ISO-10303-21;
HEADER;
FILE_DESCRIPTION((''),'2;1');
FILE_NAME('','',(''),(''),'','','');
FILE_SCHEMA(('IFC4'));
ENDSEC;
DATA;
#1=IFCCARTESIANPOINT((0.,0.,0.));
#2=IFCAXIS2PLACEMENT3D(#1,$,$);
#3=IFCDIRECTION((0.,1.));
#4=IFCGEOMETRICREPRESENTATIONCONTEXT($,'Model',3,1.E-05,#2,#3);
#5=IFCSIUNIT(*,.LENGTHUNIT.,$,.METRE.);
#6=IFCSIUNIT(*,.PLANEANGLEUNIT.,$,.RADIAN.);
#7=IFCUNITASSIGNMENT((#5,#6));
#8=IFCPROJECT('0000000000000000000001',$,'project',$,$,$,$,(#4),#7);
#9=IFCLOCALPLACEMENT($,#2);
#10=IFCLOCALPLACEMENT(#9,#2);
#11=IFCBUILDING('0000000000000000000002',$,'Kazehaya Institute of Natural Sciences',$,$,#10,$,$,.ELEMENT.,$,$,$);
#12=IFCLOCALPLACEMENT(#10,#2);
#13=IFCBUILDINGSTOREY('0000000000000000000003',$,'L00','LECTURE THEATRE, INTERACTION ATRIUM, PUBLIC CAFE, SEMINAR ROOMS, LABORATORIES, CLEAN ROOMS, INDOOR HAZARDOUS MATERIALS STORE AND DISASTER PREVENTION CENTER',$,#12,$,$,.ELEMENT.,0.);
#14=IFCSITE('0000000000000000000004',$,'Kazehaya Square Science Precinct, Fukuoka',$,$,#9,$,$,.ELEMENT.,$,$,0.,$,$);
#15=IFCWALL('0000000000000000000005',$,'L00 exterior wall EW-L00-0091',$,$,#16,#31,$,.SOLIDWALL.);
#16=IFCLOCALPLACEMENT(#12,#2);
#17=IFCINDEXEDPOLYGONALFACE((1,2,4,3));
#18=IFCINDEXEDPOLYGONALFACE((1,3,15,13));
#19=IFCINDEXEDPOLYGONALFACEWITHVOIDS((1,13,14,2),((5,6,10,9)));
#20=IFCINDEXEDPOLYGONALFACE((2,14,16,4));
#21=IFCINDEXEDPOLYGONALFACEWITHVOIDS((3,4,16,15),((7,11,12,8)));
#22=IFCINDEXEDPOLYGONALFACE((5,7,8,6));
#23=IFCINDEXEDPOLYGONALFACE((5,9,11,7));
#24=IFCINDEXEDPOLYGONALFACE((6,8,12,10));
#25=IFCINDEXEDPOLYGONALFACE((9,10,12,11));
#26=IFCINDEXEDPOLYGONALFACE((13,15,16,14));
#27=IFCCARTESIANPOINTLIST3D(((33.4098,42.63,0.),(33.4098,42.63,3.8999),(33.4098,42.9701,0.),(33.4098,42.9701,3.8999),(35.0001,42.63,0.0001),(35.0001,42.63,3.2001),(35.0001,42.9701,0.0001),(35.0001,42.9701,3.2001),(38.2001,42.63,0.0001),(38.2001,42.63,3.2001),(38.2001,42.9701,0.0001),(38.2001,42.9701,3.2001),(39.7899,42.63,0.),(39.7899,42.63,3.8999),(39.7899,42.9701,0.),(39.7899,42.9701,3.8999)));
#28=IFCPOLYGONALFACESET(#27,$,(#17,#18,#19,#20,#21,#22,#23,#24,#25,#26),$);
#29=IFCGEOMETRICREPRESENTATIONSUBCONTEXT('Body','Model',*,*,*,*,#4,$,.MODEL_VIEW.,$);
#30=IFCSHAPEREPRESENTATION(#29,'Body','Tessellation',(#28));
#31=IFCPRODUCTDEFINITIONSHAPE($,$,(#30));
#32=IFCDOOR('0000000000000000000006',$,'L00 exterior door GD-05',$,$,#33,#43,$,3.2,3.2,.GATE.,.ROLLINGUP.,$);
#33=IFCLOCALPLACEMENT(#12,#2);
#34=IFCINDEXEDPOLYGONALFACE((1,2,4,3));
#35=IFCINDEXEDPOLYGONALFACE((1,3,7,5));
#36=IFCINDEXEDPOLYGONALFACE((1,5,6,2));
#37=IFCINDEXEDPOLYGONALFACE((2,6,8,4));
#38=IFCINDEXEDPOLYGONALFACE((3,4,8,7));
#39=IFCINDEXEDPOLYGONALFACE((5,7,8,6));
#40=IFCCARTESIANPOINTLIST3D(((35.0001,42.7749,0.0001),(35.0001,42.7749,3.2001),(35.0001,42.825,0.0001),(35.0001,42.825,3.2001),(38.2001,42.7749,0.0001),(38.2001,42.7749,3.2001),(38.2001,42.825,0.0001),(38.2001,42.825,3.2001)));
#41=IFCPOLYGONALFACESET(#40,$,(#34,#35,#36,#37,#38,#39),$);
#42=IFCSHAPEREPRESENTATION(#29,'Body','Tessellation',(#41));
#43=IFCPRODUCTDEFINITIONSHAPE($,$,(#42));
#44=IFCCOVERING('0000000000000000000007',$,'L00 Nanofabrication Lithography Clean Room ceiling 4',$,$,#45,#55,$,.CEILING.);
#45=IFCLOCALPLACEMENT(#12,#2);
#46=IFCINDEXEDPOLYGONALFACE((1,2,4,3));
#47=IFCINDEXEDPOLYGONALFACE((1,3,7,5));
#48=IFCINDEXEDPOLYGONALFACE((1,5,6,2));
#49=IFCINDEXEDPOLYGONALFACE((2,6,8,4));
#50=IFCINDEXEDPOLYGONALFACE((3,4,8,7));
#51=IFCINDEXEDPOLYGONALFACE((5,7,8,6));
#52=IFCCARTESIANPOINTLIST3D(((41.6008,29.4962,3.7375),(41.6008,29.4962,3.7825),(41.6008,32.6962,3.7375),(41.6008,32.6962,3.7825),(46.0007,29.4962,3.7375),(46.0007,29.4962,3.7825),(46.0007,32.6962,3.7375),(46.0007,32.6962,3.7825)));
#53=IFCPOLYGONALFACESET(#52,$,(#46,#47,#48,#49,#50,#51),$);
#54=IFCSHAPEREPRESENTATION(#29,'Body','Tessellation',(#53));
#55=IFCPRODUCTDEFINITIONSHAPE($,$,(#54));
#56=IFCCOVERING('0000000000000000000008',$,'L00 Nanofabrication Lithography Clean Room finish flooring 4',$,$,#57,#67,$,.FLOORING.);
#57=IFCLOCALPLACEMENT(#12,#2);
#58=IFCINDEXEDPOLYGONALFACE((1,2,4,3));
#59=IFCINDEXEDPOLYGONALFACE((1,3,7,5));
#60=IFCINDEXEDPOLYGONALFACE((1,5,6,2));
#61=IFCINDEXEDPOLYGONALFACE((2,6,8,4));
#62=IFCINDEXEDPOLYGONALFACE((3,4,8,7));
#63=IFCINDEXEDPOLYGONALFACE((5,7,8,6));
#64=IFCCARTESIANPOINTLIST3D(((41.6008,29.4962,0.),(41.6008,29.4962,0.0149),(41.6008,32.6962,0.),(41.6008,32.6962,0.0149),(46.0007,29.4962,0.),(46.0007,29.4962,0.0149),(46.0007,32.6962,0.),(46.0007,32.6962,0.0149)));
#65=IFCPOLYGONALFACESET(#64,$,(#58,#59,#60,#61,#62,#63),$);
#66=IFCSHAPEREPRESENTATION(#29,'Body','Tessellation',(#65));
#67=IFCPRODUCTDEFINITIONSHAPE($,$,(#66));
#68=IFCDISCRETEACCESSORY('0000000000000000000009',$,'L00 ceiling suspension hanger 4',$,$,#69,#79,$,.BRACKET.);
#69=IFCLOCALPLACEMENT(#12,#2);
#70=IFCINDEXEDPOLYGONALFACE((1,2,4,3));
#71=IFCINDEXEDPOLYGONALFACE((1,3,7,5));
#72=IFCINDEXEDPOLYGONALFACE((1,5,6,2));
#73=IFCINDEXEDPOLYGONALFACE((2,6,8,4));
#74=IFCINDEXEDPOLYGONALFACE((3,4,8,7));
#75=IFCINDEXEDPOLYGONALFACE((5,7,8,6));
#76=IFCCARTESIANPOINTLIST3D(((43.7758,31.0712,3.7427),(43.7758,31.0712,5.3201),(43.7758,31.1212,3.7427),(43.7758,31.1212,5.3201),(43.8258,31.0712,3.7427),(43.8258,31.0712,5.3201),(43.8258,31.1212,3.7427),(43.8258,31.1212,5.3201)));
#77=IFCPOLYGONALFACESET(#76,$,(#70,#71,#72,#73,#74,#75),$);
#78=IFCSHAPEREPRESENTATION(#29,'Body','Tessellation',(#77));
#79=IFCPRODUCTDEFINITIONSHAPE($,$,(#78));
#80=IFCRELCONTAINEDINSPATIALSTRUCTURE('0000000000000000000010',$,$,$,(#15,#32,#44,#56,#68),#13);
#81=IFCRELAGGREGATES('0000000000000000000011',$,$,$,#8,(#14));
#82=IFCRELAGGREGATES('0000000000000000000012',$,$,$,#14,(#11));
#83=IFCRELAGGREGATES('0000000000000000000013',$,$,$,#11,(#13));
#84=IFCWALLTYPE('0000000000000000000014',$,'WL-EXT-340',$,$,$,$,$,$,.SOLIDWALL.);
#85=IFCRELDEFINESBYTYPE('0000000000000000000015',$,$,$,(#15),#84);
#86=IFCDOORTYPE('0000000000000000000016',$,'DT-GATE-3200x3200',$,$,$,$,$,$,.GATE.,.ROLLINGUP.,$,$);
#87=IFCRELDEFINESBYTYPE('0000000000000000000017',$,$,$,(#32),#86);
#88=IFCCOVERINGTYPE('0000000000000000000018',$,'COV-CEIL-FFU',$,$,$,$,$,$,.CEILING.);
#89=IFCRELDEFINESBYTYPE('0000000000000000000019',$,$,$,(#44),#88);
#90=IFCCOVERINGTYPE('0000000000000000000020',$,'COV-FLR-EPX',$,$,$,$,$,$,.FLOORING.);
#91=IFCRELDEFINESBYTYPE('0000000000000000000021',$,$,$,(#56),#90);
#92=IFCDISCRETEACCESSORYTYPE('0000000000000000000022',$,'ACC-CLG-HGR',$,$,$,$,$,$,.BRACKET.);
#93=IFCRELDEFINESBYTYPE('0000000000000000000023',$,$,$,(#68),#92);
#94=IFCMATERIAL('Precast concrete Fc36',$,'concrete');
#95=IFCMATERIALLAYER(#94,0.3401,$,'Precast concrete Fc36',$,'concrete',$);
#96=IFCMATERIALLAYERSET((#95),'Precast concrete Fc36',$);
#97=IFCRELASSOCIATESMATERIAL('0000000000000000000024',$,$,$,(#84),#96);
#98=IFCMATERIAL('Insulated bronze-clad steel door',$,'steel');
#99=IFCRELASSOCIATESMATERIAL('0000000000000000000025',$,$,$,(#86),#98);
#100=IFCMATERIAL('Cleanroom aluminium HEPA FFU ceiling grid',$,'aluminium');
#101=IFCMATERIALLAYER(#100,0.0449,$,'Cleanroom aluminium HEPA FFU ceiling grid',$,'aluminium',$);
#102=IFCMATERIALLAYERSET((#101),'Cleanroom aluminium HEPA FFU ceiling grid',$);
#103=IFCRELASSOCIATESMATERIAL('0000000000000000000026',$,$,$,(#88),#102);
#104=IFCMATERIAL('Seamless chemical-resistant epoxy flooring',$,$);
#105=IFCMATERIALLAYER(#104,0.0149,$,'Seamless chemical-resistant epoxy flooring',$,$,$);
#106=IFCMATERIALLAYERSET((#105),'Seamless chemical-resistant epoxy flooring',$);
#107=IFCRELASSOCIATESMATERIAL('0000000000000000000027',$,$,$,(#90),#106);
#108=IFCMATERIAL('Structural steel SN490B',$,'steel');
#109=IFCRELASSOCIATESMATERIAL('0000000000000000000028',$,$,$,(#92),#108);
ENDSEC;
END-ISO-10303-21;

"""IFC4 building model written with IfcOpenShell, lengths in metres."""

from ifc_helpers import new_model, si_unit, direction, frame, frame_2d, origin, origin_2d, place, context, subcontext, project, spatial, rectangle, extrude, material, layer, layer_set, type_object, element, fill, save


model = new_model("IFC4")

# Units and contexts
model_context = context("Model", 3, precision=1e-05, world=origin(), true_north=direction((0.0, 1.0)))
body_context = subcontext(model_context, "Body", "Model", "MODEL_VIEW")
ifc_project = project(units=[si_unit("LENGTHUNIT", "METRE"), si_unit("PLANEANGLEUNIT", "RADIAN")], contexts=[model_context])

# Site, building, storey
site_placement = place(None, origin())
site = spatial("IfcSite", under=ifc_project, at=site_placement, Name="Kazehaya Square Science Precinct, Fukuoka", CompositionType="ELEMENT", RefElevation=0.0)
building_placement = place(site_placement, origin())
building = spatial("IfcBuilding", under=site, at=building_placement, Name="Kazehaya Institute of Natural Sciences", CompositionType="ELEMENT")
storey_placement = place(building_placement, origin())
storey = spatial("IfcBuildingStorey", under=building, at=storey_placement, Name="L00", Description="LECTURE THEATRE, INTERACTION ATRIUM, PUBLIC CAFE, SEMINAR ROOMS, LABORATORIES, CLEAN ROOMS, INDOOR HAZARDOUS MATERIALS STORE AND DISASTER PREVENTION CENTER", CompositionType="ELEMENT", Elevation=0.0)

# Shared definitions
ifc_material_1 = material(Name="Structural steel SN490B", Category="steel")

# Wall, opening, door
ifc_material_2 = material(Name="Precast concrete Fc36", Category="concrete")
ifc_layer_1 = layer(ifc_material_2, 0.3401, Name="Precast concrete Fc36", Category="concrete")
ifc_layer_set_1 = layer_set([ifc_layer_1], Name="Precast concrete Fc36")
wall_type = type_object("IfcWallType", Name="WL-EXT-340", PredefinedType="SOLIDWALL", material=ifc_layer_set_1)
wall_1_placement = place(storey_placement, frame((33.4099, 42.8, 0.0), z_axis=(0.0, 0.0, 1.0), x_axis=(1.0, 0.0, 0.0)))
wall_1 = element("IfcWall", 1, at=wall_1_placement, inside=storey, type_object=wall_type, Name="L00 exterior wall EW-L00-0091", PredefinedType="SOLIDWALL", context=body_context, shape_type="SweptSolid", body=[
    extrude(rectangle(XDim=6.3801, YDim=0.3401, at=frame_2d((3.1899, 0.0))), origin(), (0.0, 0.0, 1.0), 3.8999),
])
opening_1_placement = place(wall_1_placement, frame((1.5901, 0.0, 0.0)))
opening_1 = element("IfcOpeningElement", 2, at=opening_1_placement, cuts=wall_1, PredefinedType="OPENING", context=body_context, shape_type="SweptSolid", body=[
    extrude(rectangle(XDim=3.2, YDim=3.2, at=frame_2d((1.6001, 1.6001))), frame((0.0, 0.1799, 0.0), z_axis=(0.0, -1.0, 0.0), x_axis=(1.0, 0.0, 0.0)), (0.0, 0.0, 1.0), 0.3601),
])
ifc_material_3 = material(Name="Insulated bronze-clad steel door", Category="steel")
door_type_1 = type_object("IfcDoorType", Name="DT-GATE-3200x3200", OperationType="ROLLINGUP", PredefinedType="GATE", material=ifc_material_3)
door_1_placement = place(opening_1_placement, origin())
door_1 = element("IfcDoor", 3, at=door_1_placement, inside=storey, type_object=door_type_1, Name="L00 exterior door GD-05", OperationType="ROLLINGUP", OverallHeight=3.2, OverallWidth=3.2, PredefinedType="GATE", context=body_context, shape_type="SweptSolid", body=[
    extrude(rectangle(XDim=3.2, YDim=3.2, at=frame_2d((1.6001, 1.6001))), frame((0.0, 0.0249, 0.0), z_axis=(0.0, -1.0, 0.0), x_axis=(1.0, 0.0, 0.0)), (0.0, 0.0, 1.0), 0.05),
])
fill(opening_1, door_1)

# Coverings
ifc_material_4 = material(Name="Cleanroom aluminium HEPA FFU ceiling grid", Category="aluminium")
ifc_layer_2 = layer(ifc_material_4, 0.0449, Name="Cleanroom aluminium HEPA FFU ceiling grid", Category="aluminium")
ifc_layer_set_2 = layer_set([ifc_layer_2], Name="Cleanroom aluminium HEPA FFU ceiling grid")
covering_type_1 = type_object("IfcCoveringType", Name="COV-CEIL-FFU", PredefinedType="CEILING", material=ifc_layer_set_2)
covering_1_placement = place(storey_placement, frame((43.8008, 31.0962, 3.7375), z_axis=(0.0, 0.0, 1.0), x_axis=(1.0, 0.0, 0.0)))
element("IfcCovering", 4, at=covering_1_placement, inside=storey, type_object=covering_type_1, Name="L00 Nanofabrication Lithography Clean Room ceiling 4", PredefinedType="CEILING", context=body_context, shape_type="SweptSolid", body=[
    extrude(rectangle(XDim=4.3999, YDim=3.2, at=origin_2d()), origin(), (0.0, 0.0, 1.0), 0.0449),
])
ifc_material_5 = material(Name="Seamless chemical-resistant epoxy flooring")
ifc_layer_3 = layer(ifc_material_5, 0.0149, Name="Seamless chemical-resistant epoxy flooring")
ifc_layer_set_3 = layer_set([ifc_layer_3], Name="Seamless chemical-resistant epoxy flooring")
covering_type_2 = type_object("IfcCoveringType", Name="COV-FLR-EPX", PredefinedType="FLOORING", material=ifc_layer_set_3)
covering_2_placement = place(storey_placement, frame((43.8008, 31.0962, 0.0), z_axis=(0.0, 0.0, 1.0), x_axis=(1.0, 0.0, 0.0)))
element("IfcCovering", 5, at=covering_2_placement, inside=storey, type_object=covering_type_2, Name="L00 Nanofabrication Lithography Clean Room finish flooring 4", PredefinedType="FLOORING", context=body_context, shape_type="SweptSolid", body=[
    extrude(rectangle(XDim=4.3999, YDim=3.2, at=origin_2d()), origin(), (0.0, 0.0, 1.0), 0.0149),
])

# Discrete accessory
discrete_accessory_type = type_object("IfcDiscreteAccessoryType", Name="ACC-CLG-HGR", PredefinedType="BRACKET", material=ifc_material_1)
discrete_accessory_placement = place(storey_placement, frame((43.8008, 31.0962, 3.7427), z_axis=(0.0, 0.0, 1.0), x_axis=(1.0, 0.0, 0.0)))
element("IfcDiscreteAccessory", 6, at=discrete_accessory_placement, inside=storey, type_object=discrete_accessory_type, Name="L00 ceiling suspension hanger 4", PredefinedType="BRACKET", context=body_context, shape_type="SweptSolid", body=[
    extrude(rectangle(XDim=0.05, YDim=0.05, at=origin_2d()), origin(), (0.0, 0.0, 1.0), 1.5774),
])

save(model, "model.ifc")
